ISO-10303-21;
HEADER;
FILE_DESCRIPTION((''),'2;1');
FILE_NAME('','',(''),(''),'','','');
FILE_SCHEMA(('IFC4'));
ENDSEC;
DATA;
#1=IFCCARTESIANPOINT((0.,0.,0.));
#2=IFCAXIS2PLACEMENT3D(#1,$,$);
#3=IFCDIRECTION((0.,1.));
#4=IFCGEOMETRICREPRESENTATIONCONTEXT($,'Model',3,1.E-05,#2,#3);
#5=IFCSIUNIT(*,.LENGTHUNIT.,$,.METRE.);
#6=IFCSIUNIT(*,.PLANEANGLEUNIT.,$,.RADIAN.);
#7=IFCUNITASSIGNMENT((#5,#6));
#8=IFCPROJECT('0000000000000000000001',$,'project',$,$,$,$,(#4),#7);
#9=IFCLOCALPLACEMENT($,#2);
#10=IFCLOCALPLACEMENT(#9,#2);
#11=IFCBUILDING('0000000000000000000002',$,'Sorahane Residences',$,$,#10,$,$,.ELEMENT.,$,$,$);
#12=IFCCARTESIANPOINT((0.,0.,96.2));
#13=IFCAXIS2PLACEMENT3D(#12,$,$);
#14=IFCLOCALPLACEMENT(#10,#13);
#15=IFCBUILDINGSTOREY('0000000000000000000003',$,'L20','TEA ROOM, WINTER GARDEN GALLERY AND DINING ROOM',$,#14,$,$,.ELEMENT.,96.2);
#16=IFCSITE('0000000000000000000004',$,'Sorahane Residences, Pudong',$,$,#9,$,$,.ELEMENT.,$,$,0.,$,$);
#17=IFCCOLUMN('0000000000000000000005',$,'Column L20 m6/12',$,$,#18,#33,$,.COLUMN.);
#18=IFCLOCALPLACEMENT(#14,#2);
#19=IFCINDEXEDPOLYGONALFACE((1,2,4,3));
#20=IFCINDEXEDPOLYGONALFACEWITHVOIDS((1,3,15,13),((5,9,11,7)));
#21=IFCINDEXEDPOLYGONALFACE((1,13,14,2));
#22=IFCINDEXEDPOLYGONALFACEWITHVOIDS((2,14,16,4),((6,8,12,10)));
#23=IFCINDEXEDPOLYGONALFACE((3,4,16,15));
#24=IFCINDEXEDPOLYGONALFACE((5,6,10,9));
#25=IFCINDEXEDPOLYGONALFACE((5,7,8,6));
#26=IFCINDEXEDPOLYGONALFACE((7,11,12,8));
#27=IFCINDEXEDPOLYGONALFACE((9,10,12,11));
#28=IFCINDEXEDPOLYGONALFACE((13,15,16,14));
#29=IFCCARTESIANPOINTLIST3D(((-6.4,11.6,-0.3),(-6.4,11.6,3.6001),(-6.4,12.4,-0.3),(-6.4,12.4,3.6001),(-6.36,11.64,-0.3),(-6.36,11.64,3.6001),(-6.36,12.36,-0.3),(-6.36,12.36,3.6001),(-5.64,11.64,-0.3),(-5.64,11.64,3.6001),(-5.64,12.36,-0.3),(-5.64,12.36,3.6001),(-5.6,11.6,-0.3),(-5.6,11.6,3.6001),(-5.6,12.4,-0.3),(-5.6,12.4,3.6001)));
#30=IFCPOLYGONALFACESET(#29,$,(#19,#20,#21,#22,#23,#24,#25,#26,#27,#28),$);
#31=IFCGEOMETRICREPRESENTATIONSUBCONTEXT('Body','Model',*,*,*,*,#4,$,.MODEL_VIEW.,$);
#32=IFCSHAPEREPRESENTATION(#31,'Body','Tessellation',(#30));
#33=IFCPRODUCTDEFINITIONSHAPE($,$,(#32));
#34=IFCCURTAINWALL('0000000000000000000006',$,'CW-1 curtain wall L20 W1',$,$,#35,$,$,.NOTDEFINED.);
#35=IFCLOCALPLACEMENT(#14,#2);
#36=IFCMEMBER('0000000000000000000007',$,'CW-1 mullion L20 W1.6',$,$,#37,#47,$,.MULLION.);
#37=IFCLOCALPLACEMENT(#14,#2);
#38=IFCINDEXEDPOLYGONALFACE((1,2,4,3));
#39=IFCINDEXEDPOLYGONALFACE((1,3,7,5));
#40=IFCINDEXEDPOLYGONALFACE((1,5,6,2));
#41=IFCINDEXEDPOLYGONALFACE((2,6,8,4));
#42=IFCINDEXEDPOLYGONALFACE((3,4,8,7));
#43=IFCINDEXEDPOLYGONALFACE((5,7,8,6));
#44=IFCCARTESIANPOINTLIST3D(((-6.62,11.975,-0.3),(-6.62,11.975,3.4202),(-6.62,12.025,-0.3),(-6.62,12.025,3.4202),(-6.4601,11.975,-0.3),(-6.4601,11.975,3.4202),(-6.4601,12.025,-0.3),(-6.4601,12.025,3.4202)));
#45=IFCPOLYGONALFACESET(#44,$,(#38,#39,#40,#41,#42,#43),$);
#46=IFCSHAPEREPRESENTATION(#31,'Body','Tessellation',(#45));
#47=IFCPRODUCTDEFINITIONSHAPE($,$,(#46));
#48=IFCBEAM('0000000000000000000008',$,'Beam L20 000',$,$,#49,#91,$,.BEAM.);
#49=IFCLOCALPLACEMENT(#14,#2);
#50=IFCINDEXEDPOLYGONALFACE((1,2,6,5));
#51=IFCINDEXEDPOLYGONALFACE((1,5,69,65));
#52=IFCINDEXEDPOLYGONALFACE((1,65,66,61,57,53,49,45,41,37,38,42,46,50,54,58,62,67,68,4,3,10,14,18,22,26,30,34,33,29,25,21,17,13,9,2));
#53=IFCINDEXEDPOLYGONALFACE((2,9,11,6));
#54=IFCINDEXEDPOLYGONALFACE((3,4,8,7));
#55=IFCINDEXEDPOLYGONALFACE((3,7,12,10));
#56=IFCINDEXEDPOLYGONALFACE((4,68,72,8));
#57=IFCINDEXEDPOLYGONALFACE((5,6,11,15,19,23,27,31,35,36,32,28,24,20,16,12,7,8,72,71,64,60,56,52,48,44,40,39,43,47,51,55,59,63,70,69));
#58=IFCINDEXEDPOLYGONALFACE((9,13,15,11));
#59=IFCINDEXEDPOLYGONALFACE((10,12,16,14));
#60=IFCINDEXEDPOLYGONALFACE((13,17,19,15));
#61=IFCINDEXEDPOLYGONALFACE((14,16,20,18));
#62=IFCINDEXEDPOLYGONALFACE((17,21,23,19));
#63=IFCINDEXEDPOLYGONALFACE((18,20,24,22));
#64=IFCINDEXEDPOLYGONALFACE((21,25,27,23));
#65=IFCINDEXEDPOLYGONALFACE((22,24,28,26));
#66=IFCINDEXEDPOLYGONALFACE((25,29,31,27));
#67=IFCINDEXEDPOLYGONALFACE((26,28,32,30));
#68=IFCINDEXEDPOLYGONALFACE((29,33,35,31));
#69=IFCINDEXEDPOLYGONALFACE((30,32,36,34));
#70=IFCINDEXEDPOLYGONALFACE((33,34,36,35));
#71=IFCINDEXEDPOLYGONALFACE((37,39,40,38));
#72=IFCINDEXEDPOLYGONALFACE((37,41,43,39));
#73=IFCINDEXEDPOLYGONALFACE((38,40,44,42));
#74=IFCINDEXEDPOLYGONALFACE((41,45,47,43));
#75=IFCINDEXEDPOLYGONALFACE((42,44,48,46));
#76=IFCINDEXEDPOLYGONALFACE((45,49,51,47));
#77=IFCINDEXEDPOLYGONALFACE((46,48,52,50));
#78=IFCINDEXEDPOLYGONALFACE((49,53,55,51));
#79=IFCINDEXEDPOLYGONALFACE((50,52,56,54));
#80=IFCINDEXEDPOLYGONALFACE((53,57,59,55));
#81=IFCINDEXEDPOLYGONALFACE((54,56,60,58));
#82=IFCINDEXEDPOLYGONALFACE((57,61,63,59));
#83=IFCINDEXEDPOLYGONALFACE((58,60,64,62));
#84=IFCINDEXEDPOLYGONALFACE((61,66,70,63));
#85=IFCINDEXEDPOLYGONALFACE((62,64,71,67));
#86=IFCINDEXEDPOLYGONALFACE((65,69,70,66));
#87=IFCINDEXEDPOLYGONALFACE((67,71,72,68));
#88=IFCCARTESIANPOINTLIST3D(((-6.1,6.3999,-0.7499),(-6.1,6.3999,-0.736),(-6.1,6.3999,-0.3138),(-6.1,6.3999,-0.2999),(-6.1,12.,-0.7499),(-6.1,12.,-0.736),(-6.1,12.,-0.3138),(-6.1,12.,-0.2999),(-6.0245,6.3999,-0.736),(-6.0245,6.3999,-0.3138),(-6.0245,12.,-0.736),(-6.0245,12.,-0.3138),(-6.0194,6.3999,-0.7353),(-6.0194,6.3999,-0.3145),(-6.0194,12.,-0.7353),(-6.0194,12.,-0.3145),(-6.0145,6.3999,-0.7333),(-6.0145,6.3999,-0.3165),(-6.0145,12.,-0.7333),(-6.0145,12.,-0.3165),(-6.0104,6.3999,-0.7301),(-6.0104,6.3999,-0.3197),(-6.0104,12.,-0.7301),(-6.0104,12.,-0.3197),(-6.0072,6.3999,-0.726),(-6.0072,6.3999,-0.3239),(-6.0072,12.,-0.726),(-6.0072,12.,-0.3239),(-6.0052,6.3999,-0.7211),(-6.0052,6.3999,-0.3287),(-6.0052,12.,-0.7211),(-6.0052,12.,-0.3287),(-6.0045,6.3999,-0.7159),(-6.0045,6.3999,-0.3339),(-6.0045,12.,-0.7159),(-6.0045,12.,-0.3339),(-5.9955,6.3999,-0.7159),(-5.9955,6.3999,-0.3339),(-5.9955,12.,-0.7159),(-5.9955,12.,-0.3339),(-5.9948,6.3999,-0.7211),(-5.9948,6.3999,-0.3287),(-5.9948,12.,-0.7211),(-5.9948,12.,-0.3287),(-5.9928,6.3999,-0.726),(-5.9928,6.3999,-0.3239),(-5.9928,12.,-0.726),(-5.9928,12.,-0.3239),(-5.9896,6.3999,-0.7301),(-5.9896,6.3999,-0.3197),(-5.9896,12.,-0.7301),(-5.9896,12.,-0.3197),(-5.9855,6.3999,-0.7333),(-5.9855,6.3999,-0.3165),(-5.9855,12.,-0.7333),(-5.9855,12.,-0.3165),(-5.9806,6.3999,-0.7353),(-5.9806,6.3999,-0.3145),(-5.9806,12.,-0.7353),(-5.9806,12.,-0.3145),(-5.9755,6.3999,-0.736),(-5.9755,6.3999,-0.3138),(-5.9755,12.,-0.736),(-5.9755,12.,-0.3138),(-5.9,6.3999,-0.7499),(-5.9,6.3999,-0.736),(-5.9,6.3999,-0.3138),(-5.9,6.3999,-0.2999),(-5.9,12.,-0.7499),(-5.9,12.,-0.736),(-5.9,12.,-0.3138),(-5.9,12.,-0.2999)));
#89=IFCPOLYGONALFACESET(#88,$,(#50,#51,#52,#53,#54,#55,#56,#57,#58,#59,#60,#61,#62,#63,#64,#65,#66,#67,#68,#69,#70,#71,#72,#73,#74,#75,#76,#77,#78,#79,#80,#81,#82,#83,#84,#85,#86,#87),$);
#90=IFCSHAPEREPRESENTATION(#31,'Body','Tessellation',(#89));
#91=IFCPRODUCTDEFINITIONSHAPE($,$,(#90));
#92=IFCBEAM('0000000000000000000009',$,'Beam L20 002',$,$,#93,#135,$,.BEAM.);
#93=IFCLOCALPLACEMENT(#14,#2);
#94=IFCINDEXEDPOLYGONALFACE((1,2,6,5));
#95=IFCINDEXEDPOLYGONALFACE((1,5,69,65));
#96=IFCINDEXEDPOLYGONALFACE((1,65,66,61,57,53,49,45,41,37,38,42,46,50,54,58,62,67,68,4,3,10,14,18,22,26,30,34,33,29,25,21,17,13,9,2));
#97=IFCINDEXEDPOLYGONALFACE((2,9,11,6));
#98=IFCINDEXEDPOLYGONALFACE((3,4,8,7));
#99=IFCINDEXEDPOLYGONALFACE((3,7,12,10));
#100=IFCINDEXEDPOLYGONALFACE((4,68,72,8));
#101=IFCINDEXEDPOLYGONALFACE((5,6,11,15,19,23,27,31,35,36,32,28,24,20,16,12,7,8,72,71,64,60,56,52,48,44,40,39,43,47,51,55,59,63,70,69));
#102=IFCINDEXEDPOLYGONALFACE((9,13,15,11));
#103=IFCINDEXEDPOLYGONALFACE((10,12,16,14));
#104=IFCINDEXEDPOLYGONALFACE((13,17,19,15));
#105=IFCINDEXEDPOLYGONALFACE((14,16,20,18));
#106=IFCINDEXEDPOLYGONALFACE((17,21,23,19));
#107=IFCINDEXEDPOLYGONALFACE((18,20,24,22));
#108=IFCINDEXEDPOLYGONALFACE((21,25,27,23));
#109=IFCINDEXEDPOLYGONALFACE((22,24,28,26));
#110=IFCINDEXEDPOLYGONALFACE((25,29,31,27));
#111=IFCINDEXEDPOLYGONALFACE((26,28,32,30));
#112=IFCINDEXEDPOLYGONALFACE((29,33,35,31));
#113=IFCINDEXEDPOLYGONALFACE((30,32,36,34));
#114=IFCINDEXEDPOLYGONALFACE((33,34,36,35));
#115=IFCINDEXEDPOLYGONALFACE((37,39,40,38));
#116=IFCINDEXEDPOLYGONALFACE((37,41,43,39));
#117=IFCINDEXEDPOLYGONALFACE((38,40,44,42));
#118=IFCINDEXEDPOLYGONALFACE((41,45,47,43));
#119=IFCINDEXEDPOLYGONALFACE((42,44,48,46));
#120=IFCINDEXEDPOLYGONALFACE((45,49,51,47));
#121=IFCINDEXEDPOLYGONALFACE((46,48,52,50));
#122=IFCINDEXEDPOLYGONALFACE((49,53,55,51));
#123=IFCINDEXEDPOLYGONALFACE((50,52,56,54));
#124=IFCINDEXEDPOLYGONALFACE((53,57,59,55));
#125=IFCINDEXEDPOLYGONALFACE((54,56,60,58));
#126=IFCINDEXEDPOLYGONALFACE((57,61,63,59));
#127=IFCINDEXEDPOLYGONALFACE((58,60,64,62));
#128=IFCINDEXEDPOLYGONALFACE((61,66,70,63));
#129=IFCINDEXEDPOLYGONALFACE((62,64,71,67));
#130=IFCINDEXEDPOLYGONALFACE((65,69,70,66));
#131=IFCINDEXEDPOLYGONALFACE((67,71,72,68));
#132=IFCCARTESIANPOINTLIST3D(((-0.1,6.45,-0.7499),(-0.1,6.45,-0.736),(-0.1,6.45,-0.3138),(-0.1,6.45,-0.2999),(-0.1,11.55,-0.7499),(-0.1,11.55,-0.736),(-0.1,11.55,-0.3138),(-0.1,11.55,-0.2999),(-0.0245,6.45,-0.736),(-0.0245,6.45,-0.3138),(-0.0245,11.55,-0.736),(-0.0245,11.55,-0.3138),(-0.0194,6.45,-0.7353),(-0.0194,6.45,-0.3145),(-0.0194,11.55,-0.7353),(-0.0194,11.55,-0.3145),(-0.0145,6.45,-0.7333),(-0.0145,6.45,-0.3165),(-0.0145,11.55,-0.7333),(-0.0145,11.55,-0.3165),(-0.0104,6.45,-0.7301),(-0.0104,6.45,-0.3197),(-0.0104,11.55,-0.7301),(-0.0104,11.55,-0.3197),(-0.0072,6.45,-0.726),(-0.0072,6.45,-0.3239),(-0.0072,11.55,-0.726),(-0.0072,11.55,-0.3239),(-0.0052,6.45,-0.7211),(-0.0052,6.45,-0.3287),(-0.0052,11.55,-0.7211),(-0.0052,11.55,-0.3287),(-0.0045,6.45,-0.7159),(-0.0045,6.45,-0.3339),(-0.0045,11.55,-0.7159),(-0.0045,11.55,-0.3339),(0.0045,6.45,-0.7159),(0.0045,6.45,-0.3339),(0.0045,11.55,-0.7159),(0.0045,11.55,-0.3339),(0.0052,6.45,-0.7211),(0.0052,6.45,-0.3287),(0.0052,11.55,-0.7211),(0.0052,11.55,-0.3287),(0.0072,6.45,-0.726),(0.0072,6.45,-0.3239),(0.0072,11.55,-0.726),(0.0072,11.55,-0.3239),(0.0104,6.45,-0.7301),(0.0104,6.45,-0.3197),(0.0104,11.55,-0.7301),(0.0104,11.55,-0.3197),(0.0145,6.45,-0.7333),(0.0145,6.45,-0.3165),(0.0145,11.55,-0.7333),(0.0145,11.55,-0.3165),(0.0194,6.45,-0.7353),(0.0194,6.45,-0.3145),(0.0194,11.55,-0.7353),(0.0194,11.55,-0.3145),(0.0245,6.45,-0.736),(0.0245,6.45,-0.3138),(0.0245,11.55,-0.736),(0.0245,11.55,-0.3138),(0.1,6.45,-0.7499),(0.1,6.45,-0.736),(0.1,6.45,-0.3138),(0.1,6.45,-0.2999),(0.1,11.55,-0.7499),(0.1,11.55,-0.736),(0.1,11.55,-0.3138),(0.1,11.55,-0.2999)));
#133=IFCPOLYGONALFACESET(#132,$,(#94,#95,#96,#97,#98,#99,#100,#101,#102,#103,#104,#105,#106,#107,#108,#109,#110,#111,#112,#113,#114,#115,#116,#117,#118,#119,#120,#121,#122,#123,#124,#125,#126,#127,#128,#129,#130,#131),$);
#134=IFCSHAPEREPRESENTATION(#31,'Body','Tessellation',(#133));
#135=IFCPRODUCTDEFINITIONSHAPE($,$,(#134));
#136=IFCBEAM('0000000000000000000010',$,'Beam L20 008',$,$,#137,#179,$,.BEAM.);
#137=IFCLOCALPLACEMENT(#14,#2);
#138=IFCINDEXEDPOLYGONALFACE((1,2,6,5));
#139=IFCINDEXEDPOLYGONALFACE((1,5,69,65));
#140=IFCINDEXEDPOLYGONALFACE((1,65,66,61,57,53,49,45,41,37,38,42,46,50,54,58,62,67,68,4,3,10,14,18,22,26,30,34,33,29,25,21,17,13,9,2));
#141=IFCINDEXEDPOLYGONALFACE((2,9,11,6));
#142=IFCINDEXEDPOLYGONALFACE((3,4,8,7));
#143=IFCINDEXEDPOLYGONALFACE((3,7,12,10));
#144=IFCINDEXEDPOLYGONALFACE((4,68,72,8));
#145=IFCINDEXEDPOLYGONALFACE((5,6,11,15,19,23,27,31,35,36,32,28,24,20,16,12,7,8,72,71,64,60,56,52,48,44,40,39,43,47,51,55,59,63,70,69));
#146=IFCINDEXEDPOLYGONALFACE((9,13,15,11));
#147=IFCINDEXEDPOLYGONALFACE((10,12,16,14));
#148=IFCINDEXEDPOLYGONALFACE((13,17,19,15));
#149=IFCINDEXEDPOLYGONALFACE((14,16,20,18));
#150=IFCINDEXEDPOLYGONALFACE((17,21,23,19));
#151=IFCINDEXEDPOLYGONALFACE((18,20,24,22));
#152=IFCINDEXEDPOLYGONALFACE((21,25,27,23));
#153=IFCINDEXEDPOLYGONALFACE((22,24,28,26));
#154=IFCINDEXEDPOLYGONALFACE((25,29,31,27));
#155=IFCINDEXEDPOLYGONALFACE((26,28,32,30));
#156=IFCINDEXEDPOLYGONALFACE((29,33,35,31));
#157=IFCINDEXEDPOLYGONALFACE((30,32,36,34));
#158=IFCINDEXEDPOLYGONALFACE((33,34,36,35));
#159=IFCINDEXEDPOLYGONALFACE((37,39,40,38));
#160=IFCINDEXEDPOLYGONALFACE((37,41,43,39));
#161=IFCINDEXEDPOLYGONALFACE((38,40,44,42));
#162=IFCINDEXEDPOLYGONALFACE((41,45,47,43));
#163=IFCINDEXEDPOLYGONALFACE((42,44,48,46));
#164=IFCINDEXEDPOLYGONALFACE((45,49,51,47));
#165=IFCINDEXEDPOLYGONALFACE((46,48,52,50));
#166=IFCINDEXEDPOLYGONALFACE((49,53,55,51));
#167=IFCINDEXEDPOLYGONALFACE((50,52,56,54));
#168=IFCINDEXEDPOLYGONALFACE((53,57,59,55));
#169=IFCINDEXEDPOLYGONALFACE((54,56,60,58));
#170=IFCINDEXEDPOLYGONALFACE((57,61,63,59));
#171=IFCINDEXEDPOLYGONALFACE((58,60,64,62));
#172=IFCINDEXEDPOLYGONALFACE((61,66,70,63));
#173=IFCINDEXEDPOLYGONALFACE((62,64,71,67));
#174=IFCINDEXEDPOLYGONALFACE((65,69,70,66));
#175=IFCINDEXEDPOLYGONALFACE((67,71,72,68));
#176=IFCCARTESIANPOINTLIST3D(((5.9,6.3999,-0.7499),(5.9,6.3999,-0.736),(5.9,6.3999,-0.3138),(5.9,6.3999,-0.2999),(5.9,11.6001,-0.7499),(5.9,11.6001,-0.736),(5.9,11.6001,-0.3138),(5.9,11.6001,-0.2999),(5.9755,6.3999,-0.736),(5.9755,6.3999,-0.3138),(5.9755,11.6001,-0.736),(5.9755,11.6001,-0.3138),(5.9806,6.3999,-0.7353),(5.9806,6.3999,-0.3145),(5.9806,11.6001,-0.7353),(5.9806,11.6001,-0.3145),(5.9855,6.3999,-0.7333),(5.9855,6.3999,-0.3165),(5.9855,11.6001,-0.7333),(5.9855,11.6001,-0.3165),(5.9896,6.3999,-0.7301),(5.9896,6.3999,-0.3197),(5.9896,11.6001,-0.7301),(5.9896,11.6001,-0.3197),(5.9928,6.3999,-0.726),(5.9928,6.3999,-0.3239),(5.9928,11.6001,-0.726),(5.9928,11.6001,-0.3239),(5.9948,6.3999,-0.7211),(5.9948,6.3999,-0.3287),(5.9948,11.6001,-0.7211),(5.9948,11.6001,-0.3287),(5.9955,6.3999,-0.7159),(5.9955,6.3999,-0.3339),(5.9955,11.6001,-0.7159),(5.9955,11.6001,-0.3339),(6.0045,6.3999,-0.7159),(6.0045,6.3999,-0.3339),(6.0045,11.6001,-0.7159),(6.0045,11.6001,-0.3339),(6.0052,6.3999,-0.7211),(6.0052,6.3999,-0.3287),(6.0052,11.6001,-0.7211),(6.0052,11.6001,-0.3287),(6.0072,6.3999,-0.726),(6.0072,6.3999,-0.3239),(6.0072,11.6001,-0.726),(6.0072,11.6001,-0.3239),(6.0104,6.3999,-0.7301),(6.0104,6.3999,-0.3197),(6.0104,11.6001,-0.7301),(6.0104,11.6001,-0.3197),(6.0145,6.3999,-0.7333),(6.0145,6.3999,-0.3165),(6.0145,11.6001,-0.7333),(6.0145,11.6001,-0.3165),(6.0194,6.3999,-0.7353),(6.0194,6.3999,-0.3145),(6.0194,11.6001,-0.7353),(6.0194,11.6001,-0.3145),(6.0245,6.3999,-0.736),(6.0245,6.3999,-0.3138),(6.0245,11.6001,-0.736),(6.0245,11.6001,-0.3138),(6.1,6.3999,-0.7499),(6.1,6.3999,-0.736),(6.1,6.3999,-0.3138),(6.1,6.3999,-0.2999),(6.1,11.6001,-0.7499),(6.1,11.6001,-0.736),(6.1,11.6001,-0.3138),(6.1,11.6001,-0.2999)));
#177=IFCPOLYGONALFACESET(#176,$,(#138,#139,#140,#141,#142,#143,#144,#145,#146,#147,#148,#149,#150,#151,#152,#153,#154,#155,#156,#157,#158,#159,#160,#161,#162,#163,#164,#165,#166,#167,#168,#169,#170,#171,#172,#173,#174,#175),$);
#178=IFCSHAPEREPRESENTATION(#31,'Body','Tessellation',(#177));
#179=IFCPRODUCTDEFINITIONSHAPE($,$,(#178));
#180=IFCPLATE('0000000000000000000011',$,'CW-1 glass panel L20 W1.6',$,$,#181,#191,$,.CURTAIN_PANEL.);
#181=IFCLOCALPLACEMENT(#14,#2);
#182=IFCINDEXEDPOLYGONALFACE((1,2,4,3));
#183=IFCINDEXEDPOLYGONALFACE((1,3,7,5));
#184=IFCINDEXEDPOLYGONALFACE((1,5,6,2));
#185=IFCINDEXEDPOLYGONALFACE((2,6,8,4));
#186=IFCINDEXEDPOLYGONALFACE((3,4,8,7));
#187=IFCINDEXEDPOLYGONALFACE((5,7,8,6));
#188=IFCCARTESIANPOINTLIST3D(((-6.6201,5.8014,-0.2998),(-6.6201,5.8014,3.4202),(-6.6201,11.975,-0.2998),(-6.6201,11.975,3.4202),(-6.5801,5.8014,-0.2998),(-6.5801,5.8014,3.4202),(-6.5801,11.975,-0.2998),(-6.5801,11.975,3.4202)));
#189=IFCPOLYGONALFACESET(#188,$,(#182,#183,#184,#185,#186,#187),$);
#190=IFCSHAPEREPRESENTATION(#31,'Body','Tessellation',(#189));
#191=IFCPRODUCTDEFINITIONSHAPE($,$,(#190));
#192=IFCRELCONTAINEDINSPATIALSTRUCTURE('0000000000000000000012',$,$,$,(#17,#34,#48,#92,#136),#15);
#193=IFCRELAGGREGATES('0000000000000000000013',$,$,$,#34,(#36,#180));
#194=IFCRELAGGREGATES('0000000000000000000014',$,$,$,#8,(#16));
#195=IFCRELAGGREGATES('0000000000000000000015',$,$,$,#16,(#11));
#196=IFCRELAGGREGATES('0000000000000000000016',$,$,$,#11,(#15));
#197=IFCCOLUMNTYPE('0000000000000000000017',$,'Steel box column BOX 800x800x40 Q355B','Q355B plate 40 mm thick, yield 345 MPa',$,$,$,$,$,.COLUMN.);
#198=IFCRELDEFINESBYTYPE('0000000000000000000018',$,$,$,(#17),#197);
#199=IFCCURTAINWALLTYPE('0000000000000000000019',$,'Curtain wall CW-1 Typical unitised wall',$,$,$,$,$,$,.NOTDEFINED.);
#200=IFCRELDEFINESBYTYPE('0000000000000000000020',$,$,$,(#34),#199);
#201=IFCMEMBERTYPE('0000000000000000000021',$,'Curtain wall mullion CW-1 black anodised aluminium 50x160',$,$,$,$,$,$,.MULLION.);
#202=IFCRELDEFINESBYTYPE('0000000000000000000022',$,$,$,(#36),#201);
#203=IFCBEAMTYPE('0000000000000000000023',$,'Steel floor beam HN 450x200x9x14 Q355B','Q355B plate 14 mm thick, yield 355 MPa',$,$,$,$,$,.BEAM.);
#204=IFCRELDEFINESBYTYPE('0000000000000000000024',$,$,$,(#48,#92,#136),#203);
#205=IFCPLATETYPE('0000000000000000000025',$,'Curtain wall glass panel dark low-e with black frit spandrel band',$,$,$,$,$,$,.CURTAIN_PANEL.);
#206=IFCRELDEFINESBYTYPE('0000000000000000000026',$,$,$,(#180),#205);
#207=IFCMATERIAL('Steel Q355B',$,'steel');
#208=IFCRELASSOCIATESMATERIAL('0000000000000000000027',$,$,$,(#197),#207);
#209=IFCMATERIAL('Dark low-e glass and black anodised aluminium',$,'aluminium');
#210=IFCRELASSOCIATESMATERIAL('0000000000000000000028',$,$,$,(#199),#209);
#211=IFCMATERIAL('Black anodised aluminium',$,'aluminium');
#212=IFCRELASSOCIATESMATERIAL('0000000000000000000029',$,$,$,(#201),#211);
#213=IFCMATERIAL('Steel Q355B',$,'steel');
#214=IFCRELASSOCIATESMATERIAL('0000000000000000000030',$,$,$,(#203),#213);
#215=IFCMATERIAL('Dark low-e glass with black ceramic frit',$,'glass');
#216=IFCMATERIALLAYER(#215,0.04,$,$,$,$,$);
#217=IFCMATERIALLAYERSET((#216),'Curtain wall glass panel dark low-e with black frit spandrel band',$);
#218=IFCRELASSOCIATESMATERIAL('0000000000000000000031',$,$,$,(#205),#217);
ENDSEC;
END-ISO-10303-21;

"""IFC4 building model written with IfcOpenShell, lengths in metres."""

from ifc_helpers import new_model, si_unit, direction, frame, origin, origin_2d, place, context, subcontext, project, spatial, rectangle, hollow_rectangle, i_section, extrude, material, layer, layer_set, material_profile, profile_set, type_object, element, aggregate, save


model = new_model("IFC4")

# Units and contexts
model_context = context("Model", 3, precision=1e-05, world=origin(), true_north=direction((0.0, 1.0)))
body_context = subcontext(model_context, "Body", "Model", "MODEL_VIEW")
ifc_project = project(units=[si_unit("LENGTHUNIT", "METRE"), si_unit("PLANEANGLEUNIT", "RADIAN")], contexts=[model_context])

# Site, building, storey
site_placement = place(None, origin())
site = spatial("IfcSite", under=ifc_project, at=site_placement, Name="Sorahane Residences, Pudong", CompositionType="ELEMENT", RefElevation=0.0)
building_placement = place(site_placement, origin())
building = spatial("IfcBuilding", under=site, at=building_placement, Name="Sorahane Residences", CompositionType="ELEMENT")
storey_placement = place(building_placement, frame((0.0, 0.0, 96.2)))
storey = spatial("IfcBuildingStorey", under=building, at=storey_placement, Name="L20", Description="TEA ROOM, WINTER GARDEN GALLERY AND DINING ROOM", CompositionType="ELEMENT", Elevation=96.2)

# Column
ifc_material_1 = material(Name="Steel Q355B", Category="steel")
ifc_material_profile_1 = material_profile(ifc_material_1, hollow_rectangle(XDim=0.8, YDim=0.8, WallThickness=0.04, at=origin_2d()), Name="BOX 800x800x40")
ifc_profile_set_1 = profile_set([ifc_material_profile_1], Name="Steel Q355B")
column_type = type_object("IfcColumnType", Name="Steel box column BOX 800x800x40 Q355B", Description="Q355B plate 40 mm thick, yield 345 MPa", PredefinedType="COLUMN", material=ifc_profile_set_1)
column_placement = place(storey_placement, frame((-6.0, 12.0, -0.3), z_axis=(0.0, 0.0, 1.0), x_axis=(1.0, 0.0, 0.0)))
element("IfcColumn", 1, at=column_placement, inside=storey, type_object=column_type, Name="Column L20 m6/12", PredefinedType="COLUMN", context=body_context, shape_type="SweptSolid", body=[
    extrude(hollow_rectangle(XDim=0.8, YDim=0.8, WallThickness=0.04, at=origin_2d()), origin(), (0.0, 0.0, 1.0), 3.9001),
])

# Curtain wall, member
ifc_material_2 = material(Name="Dark low-e glass and black anodised aluminium", Category="aluminium")
curtain_wall_type = type_object("IfcCurtainWallType", Name="Curtain wall CW-1 Typical unitised wall", PredefinedType="NOTDEFINED", material=ifc_material_2)
curtain_wall_placement = place(storey_placement, origin())
curtain_wall = element("IfcCurtainWall", 2, at=curtain_wall_placement, inside=storey, type_object=curtain_wall_type, Name="CW-1 curtain wall L20 W1", PredefinedType="NOTDEFINED")
ifc_material_3 = material(Name="Black anodised aluminium", Category="aluminium")
ifc_material_profile_2 = material_profile(ifc_material_3, rectangle(XDim=0.1599, YDim=0.05, at=origin_2d()), Name="Curtain wall mullion CW-1 black anodised aluminium 50x160")
ifc_profile_set_2 = profile_set([ifc_material_profile_2], Name="Black anodised aluminium")
member_type = type_object("IfcMemberType", Name="Curtain wall mullion CW-1 black anodised aluminium 50x160", PredefinedType="MULLION", material=ifc_profile_set_2)
member_placement = place(storey_placement, frame((-6.54, 12.0, -0.3), z_axis=(0.0, 0.0, 1.0), x_axis=(-1.0, 0.0, 0.0)))
member = element("IfcMember", 3, at=member_placement, type_object=member_type, Name="CW-1 mullion L20 W1.6", PredefinedType="MULLION", context=body_context, shape_type="SweptSolid", body=[
    extrude(rectangle(XDim=0.1599, YDim=0.05, at=origin_2d()), origin(), (0.0, 0.0, 1.0), 3.7202),
])

# Beams
ifc_material_4 = material(Name="Steel Q355B", Category="steel")
ifc_material_profile_3 = material_profile(ifc_material_4, i_section(OverallWidth=0.2, OverallDepth=0.45, WebThickness=0.009, FlangeThickness=0.0139, FilletRadius=0.02, at=origin_2d()), Name="HN 450x200x9x14")
ifc_profile_set_3 = profile_set([ifc_material_profile_3], Name="Steel Q355B")
beam_type = type_object("IfcBeamType", Name="Steel floor beam HN 450x200x9x14 Q355B", Description="Q355B plate 14 mm thick, yield 355 MPa", PredefinedType="BEAM", material=ifc_profile_set_3)
beam_1_placement = place(storey_placement, frame((-6.0, 6.3999, -0.5249), z_axis=(0.0, 1.0, 0.0), x_axis=(-1.0, 0.0, 0.0)))
element("IfcBeam", 4, at=beam_1_placement, inside=storey, type_object=beam_type, Name="Beam L20 000", PredefinedType="BEAM", context=body_context, shape_type="SweptSolid", body=[
    extrude(i_section(OverallWidth=0.2, OverallDepth=0.45, WebThickness=0.009, FlangeThickness=0.0139, FilletRadius=0.02, at=origin_2d()), origin(), (0.0, 0.0, 1.0), 5.6001),
])
beam_2_placement = place(storey_placement, frame((0.0, 6.45, -0.5249), z_axis=(0.0, 1.0, 0.0), x_axis=(-1.0, 0.0, 0.0)))
element("IfcBeam", 5, at=beam_2_placement, inside=storey, type_object=beam_type, Name="Beam L20 002", PredefinedType="BEAM", context=body_context, shape_type="SweptSolid", body=[
    extrude(i_section(OverallWidth=0.2, OverallDepth=0.45, WebThickness=0.009, FlangeThickness=0.0139, FilletRadius=0.02, at=origin_2d()), origin(), (0.0, 0.0, 1.0), 5.1001),
])
beam_3_placement = place(storey_placement, frame((6.0, 6.3999, -0.5249), z_axis=(0.0, 1.0, 0.0), x_axis=(-1.0, 0.0, 0.0)))
element("IfcBeam", 6, at=beam_3_placement, inside=storey, type_object=beam_type, Name="Beam L20 008", PredefinedType="BEAM", context=body_context, shape_type="SweptSolid", body=[
    extrude(i_section(OverallWidth=0.2, OverallDepth=0.45, WebThickness=0.009, FlangeThickness=0.0139, FilletRadius=0.02, at=origin_2d()), origin(), (0.0, 0.0, 1.0), 5.2002),
])

# Plate
ifc_material_5 = material(Name="Dark low-e glass with black ceramic frit", Category="glass")
ifc_layer_1 = layer(ifc_material_5, 0.04)
ifc_layer_set_1 = layer_set([ifc_layer_1], Name="Curtain wall glass panel dark low-e with black frit spandrel band")
plate_type = type_object("IfcPlateType", Name="Curtain wall glass panel dark low-e with black frit spandrel band", PredefinedType="CURTAIN_PANEL", material=ifc_layer_set_1)
plate_placement = place(storey_placement, frame((-6.6001, 8.8882, -0.2998), z_axis=(0.0, 0.0, 1.0), x_axis=(0.0, -1.0, 0.0)))
plate = element("IfcPlate", 7, at=plate_placement, type_object=plate_type, Name="CW-1 glass panel L20 W1.6", PredefinedType="CURTAIN_PANEL", context=body_context, shape_type="SweptSolid", body=[
    extrude(rectangle(XDim=6.1736, YDim=0.04, at=origin_2d()), origin(), (0.0, 0.0, 1.0), 3.72),
])
aggregate(curtain_wall, [member, plate])

save(model, "model.ifc")
